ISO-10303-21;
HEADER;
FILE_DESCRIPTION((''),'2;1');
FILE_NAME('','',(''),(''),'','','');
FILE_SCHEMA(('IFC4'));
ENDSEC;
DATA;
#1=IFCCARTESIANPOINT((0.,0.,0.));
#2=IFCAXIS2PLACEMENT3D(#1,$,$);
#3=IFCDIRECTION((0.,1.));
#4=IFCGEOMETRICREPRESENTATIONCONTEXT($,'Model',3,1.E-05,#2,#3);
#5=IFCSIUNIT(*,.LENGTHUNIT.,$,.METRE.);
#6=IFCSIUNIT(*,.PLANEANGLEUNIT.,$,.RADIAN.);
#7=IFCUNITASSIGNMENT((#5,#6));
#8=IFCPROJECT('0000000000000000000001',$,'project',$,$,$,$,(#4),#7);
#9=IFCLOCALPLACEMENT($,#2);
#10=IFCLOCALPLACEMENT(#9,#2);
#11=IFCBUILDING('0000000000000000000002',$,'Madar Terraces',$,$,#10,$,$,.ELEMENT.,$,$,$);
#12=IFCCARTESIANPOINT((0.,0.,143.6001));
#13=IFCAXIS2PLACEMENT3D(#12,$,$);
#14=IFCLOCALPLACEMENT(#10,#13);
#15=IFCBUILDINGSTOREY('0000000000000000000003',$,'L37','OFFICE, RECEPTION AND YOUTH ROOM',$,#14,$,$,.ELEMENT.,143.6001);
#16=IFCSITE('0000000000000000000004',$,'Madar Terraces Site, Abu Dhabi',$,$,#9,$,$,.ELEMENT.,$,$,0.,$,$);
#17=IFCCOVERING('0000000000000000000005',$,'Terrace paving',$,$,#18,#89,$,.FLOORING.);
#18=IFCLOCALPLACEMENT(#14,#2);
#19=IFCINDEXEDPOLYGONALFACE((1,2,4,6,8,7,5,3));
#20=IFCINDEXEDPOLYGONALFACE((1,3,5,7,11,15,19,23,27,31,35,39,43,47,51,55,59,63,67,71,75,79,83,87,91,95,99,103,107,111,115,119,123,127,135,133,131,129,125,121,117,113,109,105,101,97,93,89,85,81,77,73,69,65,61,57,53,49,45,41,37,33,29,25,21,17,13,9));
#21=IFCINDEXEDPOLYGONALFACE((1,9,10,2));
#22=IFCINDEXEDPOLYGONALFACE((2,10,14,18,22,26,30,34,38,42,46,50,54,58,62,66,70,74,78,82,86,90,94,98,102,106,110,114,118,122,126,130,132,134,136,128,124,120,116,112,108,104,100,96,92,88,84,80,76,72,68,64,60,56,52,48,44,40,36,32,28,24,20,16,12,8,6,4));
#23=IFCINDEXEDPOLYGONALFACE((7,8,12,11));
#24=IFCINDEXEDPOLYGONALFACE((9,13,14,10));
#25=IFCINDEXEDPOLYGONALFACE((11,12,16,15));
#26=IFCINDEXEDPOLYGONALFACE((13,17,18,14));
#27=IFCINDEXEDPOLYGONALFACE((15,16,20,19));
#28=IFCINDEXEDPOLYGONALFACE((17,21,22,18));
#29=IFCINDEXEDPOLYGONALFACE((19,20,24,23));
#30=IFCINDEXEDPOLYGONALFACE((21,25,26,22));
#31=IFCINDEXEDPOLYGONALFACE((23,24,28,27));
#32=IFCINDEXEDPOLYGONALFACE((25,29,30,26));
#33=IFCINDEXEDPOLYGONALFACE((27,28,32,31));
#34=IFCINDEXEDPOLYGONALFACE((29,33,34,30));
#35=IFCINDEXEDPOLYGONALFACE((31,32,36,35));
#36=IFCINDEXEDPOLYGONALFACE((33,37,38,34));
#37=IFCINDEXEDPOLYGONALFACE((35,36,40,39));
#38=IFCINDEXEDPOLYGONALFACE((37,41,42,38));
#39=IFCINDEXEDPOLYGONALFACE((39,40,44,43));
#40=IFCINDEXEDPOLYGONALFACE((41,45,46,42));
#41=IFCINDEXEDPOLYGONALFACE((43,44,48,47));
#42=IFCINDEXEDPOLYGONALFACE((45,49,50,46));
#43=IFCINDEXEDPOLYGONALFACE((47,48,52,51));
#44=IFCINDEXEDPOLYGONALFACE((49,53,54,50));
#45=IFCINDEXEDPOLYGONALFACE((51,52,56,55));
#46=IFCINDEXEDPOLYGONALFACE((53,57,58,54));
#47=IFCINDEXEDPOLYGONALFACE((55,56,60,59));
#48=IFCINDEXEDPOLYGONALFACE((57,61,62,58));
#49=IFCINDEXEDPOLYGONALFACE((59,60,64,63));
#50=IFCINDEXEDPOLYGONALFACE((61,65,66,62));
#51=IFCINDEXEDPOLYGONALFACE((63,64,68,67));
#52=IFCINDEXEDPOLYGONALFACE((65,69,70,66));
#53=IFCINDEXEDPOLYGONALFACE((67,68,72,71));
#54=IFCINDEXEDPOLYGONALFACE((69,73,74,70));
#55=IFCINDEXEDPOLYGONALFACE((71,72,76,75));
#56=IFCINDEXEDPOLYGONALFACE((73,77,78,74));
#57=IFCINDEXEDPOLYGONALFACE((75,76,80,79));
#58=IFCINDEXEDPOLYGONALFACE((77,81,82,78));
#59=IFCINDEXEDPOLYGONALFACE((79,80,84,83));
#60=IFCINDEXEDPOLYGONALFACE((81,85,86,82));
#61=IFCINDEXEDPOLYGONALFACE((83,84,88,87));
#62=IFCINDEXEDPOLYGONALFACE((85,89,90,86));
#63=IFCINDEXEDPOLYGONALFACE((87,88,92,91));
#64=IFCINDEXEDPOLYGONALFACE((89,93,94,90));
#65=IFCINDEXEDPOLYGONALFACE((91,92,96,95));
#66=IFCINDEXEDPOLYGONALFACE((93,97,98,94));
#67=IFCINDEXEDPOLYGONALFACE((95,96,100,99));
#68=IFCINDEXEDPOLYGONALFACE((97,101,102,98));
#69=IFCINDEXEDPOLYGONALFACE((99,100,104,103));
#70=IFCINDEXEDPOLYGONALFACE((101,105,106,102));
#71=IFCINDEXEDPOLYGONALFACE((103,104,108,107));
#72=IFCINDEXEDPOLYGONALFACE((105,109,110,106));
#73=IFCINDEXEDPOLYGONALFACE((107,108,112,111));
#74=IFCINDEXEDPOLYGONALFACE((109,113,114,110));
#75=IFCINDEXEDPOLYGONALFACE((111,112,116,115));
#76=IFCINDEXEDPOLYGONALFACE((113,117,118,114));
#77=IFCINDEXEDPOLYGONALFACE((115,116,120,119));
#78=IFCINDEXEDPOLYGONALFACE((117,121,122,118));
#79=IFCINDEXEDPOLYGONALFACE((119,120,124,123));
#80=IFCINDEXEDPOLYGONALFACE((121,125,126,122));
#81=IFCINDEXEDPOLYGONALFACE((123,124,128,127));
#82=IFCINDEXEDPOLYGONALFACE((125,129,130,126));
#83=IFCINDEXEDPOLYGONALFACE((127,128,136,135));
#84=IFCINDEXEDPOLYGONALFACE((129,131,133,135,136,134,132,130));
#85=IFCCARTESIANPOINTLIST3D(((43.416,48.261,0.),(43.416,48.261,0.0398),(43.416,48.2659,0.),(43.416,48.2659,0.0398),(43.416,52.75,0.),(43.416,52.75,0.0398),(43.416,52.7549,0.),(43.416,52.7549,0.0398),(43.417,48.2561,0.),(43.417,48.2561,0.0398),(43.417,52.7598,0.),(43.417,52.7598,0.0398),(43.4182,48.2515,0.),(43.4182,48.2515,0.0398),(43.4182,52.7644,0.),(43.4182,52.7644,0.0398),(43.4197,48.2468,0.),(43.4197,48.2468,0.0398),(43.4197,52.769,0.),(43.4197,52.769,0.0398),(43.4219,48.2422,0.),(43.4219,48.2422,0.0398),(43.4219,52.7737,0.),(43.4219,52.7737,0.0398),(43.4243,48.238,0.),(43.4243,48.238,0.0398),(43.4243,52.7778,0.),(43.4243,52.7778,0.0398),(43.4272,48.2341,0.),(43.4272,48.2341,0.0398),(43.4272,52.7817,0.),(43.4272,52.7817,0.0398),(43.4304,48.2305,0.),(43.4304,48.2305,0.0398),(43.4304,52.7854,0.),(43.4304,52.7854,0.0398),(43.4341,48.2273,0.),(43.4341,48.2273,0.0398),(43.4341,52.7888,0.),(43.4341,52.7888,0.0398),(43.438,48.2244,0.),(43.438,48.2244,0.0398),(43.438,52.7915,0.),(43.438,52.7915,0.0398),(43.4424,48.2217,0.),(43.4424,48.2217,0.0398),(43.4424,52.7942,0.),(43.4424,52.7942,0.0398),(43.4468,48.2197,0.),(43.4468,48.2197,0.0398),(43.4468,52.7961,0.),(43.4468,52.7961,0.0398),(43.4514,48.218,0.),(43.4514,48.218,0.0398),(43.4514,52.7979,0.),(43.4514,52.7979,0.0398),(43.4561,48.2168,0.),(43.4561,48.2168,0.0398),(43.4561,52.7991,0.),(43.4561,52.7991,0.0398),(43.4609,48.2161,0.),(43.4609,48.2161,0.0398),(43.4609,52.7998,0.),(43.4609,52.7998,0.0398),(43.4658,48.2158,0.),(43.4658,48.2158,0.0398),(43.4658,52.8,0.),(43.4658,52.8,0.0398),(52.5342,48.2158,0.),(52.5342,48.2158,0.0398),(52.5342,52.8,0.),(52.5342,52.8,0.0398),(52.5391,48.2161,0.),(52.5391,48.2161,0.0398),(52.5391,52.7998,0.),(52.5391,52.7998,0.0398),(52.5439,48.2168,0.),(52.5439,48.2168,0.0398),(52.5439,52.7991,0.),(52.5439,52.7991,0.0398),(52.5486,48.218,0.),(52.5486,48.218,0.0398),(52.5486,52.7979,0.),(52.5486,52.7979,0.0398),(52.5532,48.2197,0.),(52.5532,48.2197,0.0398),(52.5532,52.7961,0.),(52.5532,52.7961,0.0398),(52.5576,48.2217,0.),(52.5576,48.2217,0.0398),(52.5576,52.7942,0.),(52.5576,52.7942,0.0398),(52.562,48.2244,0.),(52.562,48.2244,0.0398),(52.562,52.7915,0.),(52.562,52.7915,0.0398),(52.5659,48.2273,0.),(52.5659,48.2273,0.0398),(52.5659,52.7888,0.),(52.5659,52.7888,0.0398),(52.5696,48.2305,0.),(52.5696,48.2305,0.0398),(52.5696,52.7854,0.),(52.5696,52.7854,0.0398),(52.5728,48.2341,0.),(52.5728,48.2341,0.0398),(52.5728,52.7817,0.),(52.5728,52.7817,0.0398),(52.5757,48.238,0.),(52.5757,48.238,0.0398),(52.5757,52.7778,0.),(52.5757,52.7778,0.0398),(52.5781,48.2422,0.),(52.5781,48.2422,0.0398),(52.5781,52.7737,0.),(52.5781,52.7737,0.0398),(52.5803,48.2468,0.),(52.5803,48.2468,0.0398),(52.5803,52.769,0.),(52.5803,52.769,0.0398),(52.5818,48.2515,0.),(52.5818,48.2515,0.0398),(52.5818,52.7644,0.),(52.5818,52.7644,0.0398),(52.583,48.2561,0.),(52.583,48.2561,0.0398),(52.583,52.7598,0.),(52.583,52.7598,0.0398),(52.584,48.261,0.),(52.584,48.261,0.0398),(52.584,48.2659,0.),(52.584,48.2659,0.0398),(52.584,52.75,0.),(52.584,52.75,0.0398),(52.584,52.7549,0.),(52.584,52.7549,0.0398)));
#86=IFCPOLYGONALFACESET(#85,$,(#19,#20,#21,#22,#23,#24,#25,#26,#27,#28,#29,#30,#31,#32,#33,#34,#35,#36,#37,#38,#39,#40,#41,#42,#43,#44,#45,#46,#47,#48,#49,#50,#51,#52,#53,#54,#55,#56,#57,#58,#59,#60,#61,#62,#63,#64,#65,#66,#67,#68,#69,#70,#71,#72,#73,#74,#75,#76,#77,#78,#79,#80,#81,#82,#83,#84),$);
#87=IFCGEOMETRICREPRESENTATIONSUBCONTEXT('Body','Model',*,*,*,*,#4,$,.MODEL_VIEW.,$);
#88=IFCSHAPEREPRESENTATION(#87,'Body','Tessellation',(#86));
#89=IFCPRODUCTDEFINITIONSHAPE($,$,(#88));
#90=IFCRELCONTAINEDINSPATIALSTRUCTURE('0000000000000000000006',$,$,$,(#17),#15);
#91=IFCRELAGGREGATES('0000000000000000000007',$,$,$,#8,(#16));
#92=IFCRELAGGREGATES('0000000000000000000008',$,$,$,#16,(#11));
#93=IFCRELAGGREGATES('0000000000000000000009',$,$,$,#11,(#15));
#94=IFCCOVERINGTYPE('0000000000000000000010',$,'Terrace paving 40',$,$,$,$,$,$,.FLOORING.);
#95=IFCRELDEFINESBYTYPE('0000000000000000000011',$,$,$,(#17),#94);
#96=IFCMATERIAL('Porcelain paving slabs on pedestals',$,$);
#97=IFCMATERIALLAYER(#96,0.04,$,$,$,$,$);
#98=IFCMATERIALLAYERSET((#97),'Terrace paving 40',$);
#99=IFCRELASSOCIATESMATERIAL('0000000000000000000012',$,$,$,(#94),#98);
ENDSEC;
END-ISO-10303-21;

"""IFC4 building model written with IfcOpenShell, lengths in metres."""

from ifc_helpers import new_model, si_unit, direction, frame, origin, place, context, subcontext, project, spatial, polyline, outline, extrude, material, layer, layer_set, type_object, element, save


model = new_model("IFC4")

# Units and contexts
model_context = context("Model", 3, precision=1e-05, world=origin(), true_north=direction((0.0, 1.0)))
body_context = subcontext(model_context, "Body", "Model", "MODEL_VIEW")
ifc_project = project(units=[si_unit("LENGTHUNIT", "METRE"), si_unit("PLANEANGLEUNIT", "RADIAN")], contexts=[model_context])

# Site, building, storey
site_placement = place(None, origin())
site = spatial("IfcSite", under=ifc_project, at=site_placement, Name="Madar Terraces Site, Abu Dhabi", CompositionType="ELEMENT", RefElevation=0.0)
building_placement = place(site_placement, origin())
building = spatial("IfcBuilding", under=site, at=building_placement, Name="Madar Terraces", CompositionType="ELEMENT")
storey_placement = place(building_placement, frame((0.0, 0.0, 143.6001)))
storey = spatial("IfcBuildingStorey", under=building, at=storey_placement, Name="L37", Description="OFFICE, RECEPTION AND YOUTH ROOM", CompositionType="ELEMENT", Elevation=143.6001)

# Covering
ifc_material_1 = material(Name="Porcelain paving slabs on pedestals")
ifc_layer_1 = layer(ifc_material_1, 0.04)
ifc_layer_set_1 = layer_set([ifc_layer_1], Name="Terrace paving 40")
covering_type = type_object("IfcCoveringType", Name="Terrace paving 40", PredefinedType="FLOORING", material=ifc_layer_set_1)
covering_1_placement = place(storey_placement, origin())
element("IfcCovering", 1, at=covering_1_placement, inside=storey, type_object=covering_type, Name="Terrace paving", PredefinedType="FLOORING", context=body_context, shape_type="SweptSolid", body=[
    extrude(outline(polyline([(52.5486, 52.7979), (52.5532, 52.7961), (52.5576, 52.7942), (52.562, 52.7915), (52.5659, 52.7888), (52.5696, 52.7854), (52.5728, 52.7817), (52.5757, 52.7778), (52.5781, 52.7737), (52.5803, 52.769), (52.5818, 52.7644), (52.583, 52.7598), (52.584, 52.7549), (52.584, 52.75), (52.584, 48.2659), (52.584, 48.261), (52.583, 48.2561), (52.5818, 48.2515), (52.5803, 48.2468), (52.5781, 48.2422), (52.5757, 48.238), (52.5728, 48.2341), (52.5696, 48.2305), (52.5659, 48.2273), (52.562, 48.2244), (52.5576, 48.2217), (52.5532, 48.2197), (52.5486, 48.218), (52.5439, 48.2168), (52.5391, 48.2161), (52.5342, 48.2158), (43.4658, 48.2158), (43.4609, 48.2161), (43.4561, 48.2168), (43.4514, 48.218), (43.4468, 48.2197), (43.4424, 48.2217), (43.438, 48.2244), (43.4341, 48.2273), (43.4304, 48.2305), (43.4272, 48.2341), (43.4243, 48.238), (43.4219, 48.2422), (43.4197, 48.2468), (43.4182, 48.2515), (43.417, 48.2561), (43.416, 48.261), (43.416, 48.2659), (43.416, 52.75), (43.416, 52.7549), (43.417, 52.7598), (43.4182, 52.7644), (43.4197, 52.769), (43.4219, 52.7737), (43.4243, 52.7778), (43.4272, 52.7817), (43.4304, 52.7854), (43.4341, 52.7888), (43.438, 52.7915), (43.4424, 52.7942), (43.4468, 52.7961), (43.4514, 52.7979), (43.4561, 52.7991), (43.4609, 52.7998), (43.4658, 52.8), (52.5342, 52.8), (52.5391, 52.7998), (52.5439, 52.7991), (52.5486, 52.7979)])), origin(), (0.0, 0.0, 1.0), 0.0398),
])

save(model, "model.ifc")
